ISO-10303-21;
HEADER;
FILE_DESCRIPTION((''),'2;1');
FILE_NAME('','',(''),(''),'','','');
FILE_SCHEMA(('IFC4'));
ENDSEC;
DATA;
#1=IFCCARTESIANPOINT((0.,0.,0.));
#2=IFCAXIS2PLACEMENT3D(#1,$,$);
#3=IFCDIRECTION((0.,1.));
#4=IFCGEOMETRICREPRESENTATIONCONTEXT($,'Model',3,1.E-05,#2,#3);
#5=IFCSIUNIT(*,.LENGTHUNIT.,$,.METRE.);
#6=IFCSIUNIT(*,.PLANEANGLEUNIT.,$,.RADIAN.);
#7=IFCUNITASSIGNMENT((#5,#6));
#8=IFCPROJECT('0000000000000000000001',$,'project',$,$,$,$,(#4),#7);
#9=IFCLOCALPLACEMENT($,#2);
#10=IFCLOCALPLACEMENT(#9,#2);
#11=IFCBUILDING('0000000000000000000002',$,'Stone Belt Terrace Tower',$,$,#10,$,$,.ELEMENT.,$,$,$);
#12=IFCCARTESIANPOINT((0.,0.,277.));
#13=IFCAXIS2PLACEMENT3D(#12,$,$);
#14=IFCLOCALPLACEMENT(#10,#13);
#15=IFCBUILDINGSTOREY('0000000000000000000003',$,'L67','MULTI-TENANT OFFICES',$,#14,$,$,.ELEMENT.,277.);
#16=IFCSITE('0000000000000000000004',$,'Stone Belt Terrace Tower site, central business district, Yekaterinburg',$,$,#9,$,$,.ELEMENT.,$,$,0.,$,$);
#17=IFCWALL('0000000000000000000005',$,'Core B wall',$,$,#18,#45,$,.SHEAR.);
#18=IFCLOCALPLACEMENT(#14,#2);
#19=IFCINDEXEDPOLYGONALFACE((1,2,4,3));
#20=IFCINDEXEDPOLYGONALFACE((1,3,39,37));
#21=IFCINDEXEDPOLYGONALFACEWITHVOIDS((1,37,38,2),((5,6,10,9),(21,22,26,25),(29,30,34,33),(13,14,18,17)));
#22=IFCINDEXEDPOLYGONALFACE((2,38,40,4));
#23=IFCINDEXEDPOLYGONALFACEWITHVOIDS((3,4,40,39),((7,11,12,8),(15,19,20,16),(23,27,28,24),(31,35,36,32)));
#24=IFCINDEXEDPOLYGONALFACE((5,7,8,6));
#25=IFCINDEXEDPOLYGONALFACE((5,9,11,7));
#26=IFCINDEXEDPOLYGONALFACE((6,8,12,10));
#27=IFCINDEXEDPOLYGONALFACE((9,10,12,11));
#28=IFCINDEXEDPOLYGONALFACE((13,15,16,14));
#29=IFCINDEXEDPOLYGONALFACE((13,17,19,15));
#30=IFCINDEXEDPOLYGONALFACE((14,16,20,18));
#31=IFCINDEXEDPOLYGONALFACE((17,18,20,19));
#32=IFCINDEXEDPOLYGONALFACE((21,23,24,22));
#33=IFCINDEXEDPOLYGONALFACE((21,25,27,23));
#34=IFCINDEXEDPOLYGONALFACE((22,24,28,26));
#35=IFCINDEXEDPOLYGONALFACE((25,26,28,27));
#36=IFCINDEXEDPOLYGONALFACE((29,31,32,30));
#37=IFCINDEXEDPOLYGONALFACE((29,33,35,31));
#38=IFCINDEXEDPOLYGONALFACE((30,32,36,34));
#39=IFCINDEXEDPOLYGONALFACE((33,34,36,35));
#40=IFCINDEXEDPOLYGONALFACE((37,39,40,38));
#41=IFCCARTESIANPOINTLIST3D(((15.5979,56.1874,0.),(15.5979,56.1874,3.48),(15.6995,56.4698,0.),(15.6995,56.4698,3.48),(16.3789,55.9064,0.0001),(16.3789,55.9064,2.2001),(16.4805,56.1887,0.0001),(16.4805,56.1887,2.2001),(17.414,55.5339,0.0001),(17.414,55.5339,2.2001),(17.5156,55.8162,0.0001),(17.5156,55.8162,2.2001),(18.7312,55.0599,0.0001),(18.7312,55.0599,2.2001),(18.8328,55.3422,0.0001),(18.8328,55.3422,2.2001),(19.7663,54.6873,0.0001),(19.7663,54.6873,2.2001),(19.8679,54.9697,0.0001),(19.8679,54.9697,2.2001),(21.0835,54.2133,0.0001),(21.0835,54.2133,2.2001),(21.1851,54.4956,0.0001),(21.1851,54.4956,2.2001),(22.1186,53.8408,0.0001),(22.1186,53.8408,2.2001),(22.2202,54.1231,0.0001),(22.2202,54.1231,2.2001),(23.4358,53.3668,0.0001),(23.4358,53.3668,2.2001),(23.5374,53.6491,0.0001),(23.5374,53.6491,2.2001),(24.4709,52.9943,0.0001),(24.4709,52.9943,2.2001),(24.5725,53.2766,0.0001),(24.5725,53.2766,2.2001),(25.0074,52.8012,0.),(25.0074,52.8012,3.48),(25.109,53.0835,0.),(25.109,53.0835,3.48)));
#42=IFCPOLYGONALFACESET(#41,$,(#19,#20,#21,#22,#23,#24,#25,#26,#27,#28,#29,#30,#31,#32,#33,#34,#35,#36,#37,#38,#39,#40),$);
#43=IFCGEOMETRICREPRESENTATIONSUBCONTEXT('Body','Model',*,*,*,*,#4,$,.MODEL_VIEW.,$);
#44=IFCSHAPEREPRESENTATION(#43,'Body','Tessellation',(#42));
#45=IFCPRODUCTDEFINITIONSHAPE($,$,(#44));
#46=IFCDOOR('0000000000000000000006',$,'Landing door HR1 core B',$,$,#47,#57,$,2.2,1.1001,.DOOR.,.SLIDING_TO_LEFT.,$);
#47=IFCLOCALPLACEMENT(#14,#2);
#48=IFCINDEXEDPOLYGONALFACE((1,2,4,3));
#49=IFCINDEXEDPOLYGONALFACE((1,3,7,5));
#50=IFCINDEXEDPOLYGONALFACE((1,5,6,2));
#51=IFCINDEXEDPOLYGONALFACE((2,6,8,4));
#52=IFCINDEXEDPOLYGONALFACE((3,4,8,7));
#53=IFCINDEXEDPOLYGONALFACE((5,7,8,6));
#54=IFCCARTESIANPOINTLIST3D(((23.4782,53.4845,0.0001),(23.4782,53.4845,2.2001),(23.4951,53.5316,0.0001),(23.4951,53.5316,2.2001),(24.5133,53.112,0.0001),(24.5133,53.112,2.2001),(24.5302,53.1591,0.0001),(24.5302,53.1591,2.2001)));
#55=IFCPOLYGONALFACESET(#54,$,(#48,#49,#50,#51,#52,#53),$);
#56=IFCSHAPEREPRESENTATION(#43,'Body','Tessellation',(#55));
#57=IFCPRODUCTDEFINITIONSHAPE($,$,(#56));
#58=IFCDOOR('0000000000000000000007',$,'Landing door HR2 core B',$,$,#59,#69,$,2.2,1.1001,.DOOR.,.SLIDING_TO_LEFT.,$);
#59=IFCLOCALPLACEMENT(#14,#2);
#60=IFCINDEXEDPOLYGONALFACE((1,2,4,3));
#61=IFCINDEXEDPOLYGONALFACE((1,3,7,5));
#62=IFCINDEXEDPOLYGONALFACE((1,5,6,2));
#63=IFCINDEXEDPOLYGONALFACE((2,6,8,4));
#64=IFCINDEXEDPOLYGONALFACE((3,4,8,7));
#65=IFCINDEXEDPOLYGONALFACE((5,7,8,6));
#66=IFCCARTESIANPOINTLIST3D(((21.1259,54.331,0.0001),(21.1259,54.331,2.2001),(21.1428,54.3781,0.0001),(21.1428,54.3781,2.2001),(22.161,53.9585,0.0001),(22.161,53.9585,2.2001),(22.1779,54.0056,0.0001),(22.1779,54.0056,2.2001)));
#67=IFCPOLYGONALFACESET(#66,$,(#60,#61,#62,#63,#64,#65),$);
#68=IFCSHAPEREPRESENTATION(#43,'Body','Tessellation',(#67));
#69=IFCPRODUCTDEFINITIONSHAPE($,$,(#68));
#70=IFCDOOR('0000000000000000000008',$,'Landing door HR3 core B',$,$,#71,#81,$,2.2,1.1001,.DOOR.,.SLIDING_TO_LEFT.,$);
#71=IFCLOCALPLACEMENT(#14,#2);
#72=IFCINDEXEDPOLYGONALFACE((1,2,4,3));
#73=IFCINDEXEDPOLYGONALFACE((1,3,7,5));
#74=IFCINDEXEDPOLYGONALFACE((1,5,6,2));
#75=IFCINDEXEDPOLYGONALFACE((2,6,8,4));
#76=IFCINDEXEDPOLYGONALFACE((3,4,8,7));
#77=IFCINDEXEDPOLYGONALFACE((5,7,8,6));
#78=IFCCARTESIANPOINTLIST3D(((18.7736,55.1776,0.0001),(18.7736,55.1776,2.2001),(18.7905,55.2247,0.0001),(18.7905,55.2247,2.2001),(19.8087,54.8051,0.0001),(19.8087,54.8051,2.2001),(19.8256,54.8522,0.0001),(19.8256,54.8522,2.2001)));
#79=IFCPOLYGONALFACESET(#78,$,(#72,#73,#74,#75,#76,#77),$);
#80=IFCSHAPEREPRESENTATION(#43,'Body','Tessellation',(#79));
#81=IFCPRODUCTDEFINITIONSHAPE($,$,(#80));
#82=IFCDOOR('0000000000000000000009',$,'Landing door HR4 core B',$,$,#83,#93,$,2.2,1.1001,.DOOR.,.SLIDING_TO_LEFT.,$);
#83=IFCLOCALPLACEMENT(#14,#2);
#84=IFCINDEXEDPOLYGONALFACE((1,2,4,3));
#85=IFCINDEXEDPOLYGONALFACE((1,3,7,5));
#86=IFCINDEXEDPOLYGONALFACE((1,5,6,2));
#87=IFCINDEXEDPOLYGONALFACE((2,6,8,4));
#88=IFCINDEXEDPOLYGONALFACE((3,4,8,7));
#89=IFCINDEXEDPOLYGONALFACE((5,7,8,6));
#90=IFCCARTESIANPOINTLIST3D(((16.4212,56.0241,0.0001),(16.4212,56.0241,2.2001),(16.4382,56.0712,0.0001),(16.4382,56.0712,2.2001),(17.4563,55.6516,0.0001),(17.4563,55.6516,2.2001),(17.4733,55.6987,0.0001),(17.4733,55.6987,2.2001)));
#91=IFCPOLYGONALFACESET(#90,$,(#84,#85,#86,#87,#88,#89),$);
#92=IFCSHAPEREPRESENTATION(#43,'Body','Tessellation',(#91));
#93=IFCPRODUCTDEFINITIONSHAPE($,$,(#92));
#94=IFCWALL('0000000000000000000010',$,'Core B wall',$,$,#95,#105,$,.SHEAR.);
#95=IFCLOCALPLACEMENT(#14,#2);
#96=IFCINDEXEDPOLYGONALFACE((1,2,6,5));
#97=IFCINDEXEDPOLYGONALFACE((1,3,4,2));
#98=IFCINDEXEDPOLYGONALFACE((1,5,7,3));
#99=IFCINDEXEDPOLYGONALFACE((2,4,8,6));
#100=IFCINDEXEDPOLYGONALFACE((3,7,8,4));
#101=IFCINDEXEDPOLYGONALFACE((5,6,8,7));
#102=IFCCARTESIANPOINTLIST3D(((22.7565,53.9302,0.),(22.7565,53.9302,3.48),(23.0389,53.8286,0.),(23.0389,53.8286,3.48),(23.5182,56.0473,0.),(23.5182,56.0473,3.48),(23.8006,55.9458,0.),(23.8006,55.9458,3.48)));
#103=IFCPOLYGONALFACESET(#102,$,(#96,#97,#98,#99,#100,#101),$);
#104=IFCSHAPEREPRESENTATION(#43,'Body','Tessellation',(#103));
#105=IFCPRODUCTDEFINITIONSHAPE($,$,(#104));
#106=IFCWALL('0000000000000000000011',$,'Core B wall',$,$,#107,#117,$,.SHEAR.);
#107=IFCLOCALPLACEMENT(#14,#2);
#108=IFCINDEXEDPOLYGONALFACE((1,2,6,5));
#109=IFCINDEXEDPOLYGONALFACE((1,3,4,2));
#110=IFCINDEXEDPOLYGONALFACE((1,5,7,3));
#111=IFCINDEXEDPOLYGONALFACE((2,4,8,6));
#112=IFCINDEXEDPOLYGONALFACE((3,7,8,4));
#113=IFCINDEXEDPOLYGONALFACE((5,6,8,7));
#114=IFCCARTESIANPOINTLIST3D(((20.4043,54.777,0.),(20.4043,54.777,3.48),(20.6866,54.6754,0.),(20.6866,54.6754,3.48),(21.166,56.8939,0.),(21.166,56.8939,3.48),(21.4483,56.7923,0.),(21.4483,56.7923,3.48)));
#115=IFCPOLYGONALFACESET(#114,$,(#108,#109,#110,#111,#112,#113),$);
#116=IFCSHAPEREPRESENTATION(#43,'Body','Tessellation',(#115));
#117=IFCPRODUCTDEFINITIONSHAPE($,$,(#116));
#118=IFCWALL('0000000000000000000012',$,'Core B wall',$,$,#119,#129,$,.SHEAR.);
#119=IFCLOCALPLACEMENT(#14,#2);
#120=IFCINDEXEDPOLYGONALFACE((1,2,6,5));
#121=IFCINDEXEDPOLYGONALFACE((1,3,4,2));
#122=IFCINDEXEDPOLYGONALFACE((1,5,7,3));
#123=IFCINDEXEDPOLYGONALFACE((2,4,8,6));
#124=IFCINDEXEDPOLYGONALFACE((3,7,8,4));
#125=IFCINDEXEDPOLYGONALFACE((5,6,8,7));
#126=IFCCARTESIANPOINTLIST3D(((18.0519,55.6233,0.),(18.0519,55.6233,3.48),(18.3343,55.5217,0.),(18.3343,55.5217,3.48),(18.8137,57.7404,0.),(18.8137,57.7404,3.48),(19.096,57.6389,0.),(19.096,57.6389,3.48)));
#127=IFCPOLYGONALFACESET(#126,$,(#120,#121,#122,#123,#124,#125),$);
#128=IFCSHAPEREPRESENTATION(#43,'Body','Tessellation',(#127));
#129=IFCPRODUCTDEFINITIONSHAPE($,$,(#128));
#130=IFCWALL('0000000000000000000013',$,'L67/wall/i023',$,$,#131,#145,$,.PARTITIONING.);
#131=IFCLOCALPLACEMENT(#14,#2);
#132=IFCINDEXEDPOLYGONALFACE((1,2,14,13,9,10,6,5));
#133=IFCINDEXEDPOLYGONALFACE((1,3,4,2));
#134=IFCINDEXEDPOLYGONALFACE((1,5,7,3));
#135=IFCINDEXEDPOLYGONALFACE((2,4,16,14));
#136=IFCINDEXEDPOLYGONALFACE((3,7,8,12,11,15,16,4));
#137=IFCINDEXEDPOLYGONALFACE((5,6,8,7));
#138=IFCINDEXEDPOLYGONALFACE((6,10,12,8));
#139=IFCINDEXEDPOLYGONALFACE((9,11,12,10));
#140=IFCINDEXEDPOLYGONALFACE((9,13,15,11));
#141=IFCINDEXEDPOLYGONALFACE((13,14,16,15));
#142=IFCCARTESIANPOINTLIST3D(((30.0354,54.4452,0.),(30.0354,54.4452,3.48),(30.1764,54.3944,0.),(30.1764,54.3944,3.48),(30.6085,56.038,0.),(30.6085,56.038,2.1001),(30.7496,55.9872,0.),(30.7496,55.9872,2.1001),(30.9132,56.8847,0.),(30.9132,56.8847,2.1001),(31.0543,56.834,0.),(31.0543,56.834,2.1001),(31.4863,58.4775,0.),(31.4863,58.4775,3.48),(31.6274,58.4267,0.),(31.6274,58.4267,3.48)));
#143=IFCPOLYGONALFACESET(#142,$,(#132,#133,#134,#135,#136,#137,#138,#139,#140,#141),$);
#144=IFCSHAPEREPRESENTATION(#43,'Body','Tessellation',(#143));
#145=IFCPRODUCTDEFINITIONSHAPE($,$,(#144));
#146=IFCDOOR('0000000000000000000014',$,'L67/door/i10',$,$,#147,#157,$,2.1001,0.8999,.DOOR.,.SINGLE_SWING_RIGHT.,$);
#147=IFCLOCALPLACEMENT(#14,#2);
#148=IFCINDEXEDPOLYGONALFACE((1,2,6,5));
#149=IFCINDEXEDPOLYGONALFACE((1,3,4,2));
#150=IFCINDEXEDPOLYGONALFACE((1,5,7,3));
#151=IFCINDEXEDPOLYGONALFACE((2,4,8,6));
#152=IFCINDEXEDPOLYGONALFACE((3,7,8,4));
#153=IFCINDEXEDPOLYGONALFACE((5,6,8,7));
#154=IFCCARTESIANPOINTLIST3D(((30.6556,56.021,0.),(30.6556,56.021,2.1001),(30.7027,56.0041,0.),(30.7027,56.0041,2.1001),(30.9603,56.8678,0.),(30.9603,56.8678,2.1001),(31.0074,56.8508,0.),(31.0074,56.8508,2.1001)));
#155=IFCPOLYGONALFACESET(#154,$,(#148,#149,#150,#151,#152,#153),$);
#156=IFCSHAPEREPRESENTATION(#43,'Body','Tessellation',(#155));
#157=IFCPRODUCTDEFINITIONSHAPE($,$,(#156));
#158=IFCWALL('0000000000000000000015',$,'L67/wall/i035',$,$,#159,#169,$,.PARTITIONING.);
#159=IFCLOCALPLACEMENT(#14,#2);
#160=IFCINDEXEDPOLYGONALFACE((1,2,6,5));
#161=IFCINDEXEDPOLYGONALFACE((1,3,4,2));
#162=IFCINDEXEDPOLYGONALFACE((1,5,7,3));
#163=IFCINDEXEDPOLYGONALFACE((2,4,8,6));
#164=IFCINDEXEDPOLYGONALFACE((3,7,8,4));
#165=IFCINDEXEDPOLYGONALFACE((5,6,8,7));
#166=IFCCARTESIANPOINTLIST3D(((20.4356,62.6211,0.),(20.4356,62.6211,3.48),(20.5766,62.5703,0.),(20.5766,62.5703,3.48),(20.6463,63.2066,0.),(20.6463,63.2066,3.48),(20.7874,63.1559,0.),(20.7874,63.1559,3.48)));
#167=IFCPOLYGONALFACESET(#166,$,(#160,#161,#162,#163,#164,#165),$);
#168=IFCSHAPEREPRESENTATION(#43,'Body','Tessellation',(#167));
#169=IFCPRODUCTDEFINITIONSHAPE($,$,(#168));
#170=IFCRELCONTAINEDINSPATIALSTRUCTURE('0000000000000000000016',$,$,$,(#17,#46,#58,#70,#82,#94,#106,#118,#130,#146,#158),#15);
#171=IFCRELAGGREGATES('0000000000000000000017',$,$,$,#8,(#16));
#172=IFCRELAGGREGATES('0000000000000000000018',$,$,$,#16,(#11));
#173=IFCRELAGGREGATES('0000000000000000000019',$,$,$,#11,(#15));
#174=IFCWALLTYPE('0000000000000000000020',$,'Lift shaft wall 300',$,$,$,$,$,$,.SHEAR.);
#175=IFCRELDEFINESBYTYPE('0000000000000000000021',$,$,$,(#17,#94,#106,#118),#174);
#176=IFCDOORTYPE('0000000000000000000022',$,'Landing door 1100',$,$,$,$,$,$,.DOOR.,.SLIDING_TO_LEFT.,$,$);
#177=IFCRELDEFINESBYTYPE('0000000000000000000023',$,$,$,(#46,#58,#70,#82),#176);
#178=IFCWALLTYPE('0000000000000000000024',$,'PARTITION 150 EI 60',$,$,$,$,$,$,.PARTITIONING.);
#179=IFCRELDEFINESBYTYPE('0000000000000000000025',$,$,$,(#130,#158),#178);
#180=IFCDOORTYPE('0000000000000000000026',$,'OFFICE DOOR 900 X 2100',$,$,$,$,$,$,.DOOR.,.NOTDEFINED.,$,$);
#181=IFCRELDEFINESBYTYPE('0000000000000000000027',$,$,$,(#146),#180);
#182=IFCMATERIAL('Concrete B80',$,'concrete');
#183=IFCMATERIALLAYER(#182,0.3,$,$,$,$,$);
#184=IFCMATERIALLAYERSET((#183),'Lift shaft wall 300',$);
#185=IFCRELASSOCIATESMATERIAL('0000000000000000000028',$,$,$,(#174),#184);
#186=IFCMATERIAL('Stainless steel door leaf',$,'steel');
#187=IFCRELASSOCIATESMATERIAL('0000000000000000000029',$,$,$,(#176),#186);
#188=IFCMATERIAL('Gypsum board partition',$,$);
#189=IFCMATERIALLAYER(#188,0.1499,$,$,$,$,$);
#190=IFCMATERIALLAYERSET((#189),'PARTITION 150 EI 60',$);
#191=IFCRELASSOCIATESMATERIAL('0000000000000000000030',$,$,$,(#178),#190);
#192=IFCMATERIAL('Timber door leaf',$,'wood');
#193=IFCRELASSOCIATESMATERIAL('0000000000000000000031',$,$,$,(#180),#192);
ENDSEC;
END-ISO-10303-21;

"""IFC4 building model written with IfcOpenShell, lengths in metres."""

from ifc_helpers import new_model, si_unit, direction, frame, frame_2d, origin, place, context, subcontext, project, spatial, rectangle, extrude, material, layer, layer_set, type_object, element, fill, save


model = new_model("IFC4")

# Units and contexts
model_context = context("Model", 3, precision=1e-05, world=origin(), true_north=direction((0.0, 1.0)))
body_context = subcontext(model_context, "Body", "Model", "MODEL_VIEW")
ifc_project = project(units=[si_unit("LENGTHUNIT", "METRE"), si_unit("PLANEANGLEUNIT", "RADIAN")], contexts=[model_context])

# Site, building, storey
site_placement = place(None, origin())
site = spatial("IfcSite", under=ifc_project, at=site_placement, Name="Stone Belt Terrace Tower site, central business district, Yekaterinburg", CompositionType="ELEMENT", RefElevation=0.0)
building_placement = place(site_placement, origin())
building = spatial("IfcBuilding", under=site, at=building_placement, Name="Stone Belt Terrace Tower", CompositionType="ELEMENT")
storey_placement = place(building_placement, frame((0.0, 0.0, 277.0)))
storey = spatial("IfcBuildingStorey", under=building, at=storey_placement, Name="L67", Description="MULTI-TENANT OFFICES", CompositionType="ELEMENT", Elevation=277.0)

# Shared definitions
ifc_material_1 = material(Name="Timber door leaf", Category="wood")

# Shared definitions
ifc_material_2 = material(Name="Concrete B80", Category="concrete")

# Shared definitions
ifc_layer_1 = layer(ifc_material_2, 0.3)
ifc_layer_set_1 = layer_set([ifc_layer_1], Name="Lift shaft wall 300")
wall_type_1 = type_object("IfcWallType", Name="Lift shaft wall 300", PredefinedType="SHEAR", material=ifc_layer_set_1)
ifc_material_3 = material(Name="Stainless steel door leaf", Category="steel")

# Wall, openings, doors
wall_1_placement = place(storey_placement, frame((25.0581, 52.9424, 0.0), z_axis=(0.0, 0.0, 1.0), x_axis=(-0.940924, 0.338617, 0.0)))
wall_1 = element("IfcWall", 1, at=wall_1_placement, inside=storey, type_object=wall_type_1, Name="Core B wall", PredefinedType="SHEAR", context=body_context, shape_type="SweptSolid", body=[
    extrude(rectangle(XDim=10.0002, YDim=0.3, at=frame_2d((5.0, 0.0))), origin(), (0.0, 0.0, 1.0), 3.48),
])
opening_1_placement = place(wall_1_placement, frame((0.5701, 0.0, 0.0)))
opening_1 = element("IfcOpeningElement", 2, at=opening_1_placement, cuts=wall_1, PredefinedType="OPENING", context=body_context, shape_type="SweptSolid", body=[
    extrude(rectangle(XDim=1.1001, YDim=2.2, at=frame_2d((0.55, 1.1001))), frame((0.0, 0.1599, 0.0), z_axis=(0.0, -1.0, 0.0), x_axis=(1.0, 0.0, 0.0)), (0.0, 0.0, 1.0), 0.3201),
])
opening_2_placement = place(wall_1_placement, frame((3.0701, 0.0, 0.0)))
opening_2 = element("IfcOpeningElement", 3, at=opening_2_placement, cuts=wall_1, PredefinedType="OPENING", context=body_context, shape_type="SweptSolid", body=[
    extrude(rectangle(XDim=1.1001, YDim=2.2, at=frame_2d((0.55, 1.1001))), frame((0.0, 0.1599, 0.0), z_axis=(0.0, -1.0, 0.0), x_axis=(1.0, 0.0, 0.0)), (0.0, 0.0, 1.0), 0.3201),
])
opening_3_placement = place(wall_1_placement, frame((5.5701, 0.0, 0.0)))
opening_3 = element("IfcOpeningElement", 4, at=opening_3_placement, cuts=wall_1, PredefinedType="OPENING", context=body_context, shape_type="SweptSolid", body=[
    extrude(rectangle(XDim=1.1001, YDim=2.2, at=frame_2d((0.55, 1.1001))), frame((0.0, 0.1599, 0.0), z_axis=(0.0, -1.0, 0.0), x_axis=(1.0, 0.0, 0.0)), (0.0, 0.0, 1.0), 0.3201),
])
opening_4_placement = place(wall_1_placement, frame((8.0701, 0.0, 0.0)))
opening_4 = element("IfcOpeningElement", 5, at=opening_4_placement, cuts=wall_1, PredefinedType="OPENING", context=body_context, shape_type="SweptSolid", body=[
    extrude(rectangle(XDim=1.1001, YDim=2.2, at=frame_2d((0.55, 1.1001))), frame((0.0, 0.1599, 0.0), z_axis=(0.0, -1.0, 0.0), x_axis=(1.0, 0.0, 0.0)), (0.0, 0.0, 1.0), 0.3201),
])
door_type_1 = type_object("IfcDoorType", Name="Landing door 1100", OperationType="SLIDING_TO_LEFT", PredefinedType="DOOR", material=ifc_material_3)
door_1_placement = place(opening_1_placement, origin())
door_1 = element("IfcDoor", 6, at=door_1_placement, inside=storey, type_object=door_type_1, Name="Landing door HR1 core B", OperationType="SLIDING_TO_LEFT", OverallHeight=2.2, OverallWidth=1.1001, PredefinedType="DOOR", context=body_context, shape_type="SweptSolid", body=[
    extrude(rectangle(XDim=1.1001, YDim=2.2, at=frame_2d((0.55, 1.1001))), frame((0.0, 0.0249, 0.0), z_axis=(0.0, -1.0, 0.0), x_axis=(1.0, 0.0, 0.0)), (0.0, 0.0, 1.0), 0.05),
])
fill(opening_1, door_1)
door_2_placement = place(opening_2_placement, origin())
door_2 = element("IfcDoor", 7, at=door_2_placement, inside=storey, type_object=door_type_1, Name="Landing door HR2 core B", OperationType="SLIDING_TO_LEFT", OverallHeight=2.2, OverallWidth=1.1001, PredefinedType="DOOR", context=body_context, shape_type="SweptSolid", body=[
    extrude(rectangle(XDim=1.1001, YDim=2.2, at=frame_2d((0.55, 1.1001))), frame((0.0, 0.0249, 0.0), z_axis=(0.0, -1.0, 0.0), x_axis=(1.0, 0.0, 0.0)), (0.0, 0.0, 1.0), 0.05),
])
fill(opening_2, door_2)
door_3_placement = place(opening_3_placement, origin())
door_3 = element("IfcDoor", 8, at=door_3_placement, inside=storey, type_object=door_type_1, Name="Landing door HR3 core B", OperationType="SLIDING_TO_LEFT", OverallHeight=2.2, OverallWidth=1.1001, PredefinedType="DOOR", context=body_context, shape_type="SweptSolid", body=[
    extrude(rectangle(XDim=1.1001, YDim=2.2, at=frame_2d((0.55, 1.1001))), frame((0.0, 0.0249, 0.0), z_axis=(0.0, -1.0, 0.0), x_axis=(1.0, 0.0, 0.0)), (0.0, 0.0, 1.0), 0.05),
])
fill(opening_3, door_3)
door_4_placement = place(opening_4_placement, origin())
door_4 = element("IfcDoor", 9, at=door_4_placement, inside=storey, type_object=door_type_1, Name="Landing door HR4 core B", OperationType="SLIDING_TO_LEFT", OverallHeight=2.2, OverallWidth=1.1001, PredefinedType="DOOR", context=body_context, shape_type="SweptSolid", body=[
    extrude(rectangle(XDim=1.1001, YDim=2.2, at=frame_2d((0.55, 1.1001))), frame((0.0, 0.0249, 0.0), z_axis=(0.0, -1.0, 0.0), x_axis=(1.0, 0.0, 0.0)), (0.0, 0.0, 1.0), 0.05),
])
fill(opening_4, door_4)

# Walls
wall_2_placement = place(storey_placement, frame((22.8977, 53.8794, 0.0), z_axis=(0.0, 0.0, 1.0), x_axis=(0.338535, 0.940954, 0.0)))
element("IfcWall", 10, at=wall_2_placement, inside=storey, type_object=wall_type_1, Name="Core B wall", PredefinedType="SHEAR", context=body_context, shape_type="SweptSolid", body=[
    extrude(rectangle(XDim=2.25, YDim=0.3, at=frame_2d((1.125, 0.0))), origin(), (0.0, 0.0, 1.0), 3.48),
])
wall_3_placement = place(storey_placement, frame((20.5454, 54.7261, 0.0), z_axis=(0.0, 0.0, 1.0), x_axis=(0.33857, 0.940941, 0.0)))
element("IfcWall", 11, at=wall_3_placement, inside=storey, type_object=wall_type_1, Name="Core B wall", PredefinedType="SHEAR", context=body_context, shape_type="SweptSolid", body=[
    extrude(rectangle(XDim=2.2498, YDim=0.3, at=frame_2d((1.125, 0.0))), origin(), (0.0, 0.0, 1.0), 3.48),
])
wall_4_placement = place(storey_placement, frame((18.1931, 55.5725, 0.0), z_axis=(0.0, 0.0, 1.0), x_axis=(0.338535, 0.940954, 0.0)))
element("IfcWall", 12, at=wall_4_placement, inside=storey, type_object=wall_type_1, Name="Core B wall", PredefinedType="SHEAR", context=body_context, shape_type="SweptSolid", body=[
    extrude(rectangle(XDim=2.25, YDim=0.3, at=frame_2d((1.125, 0.0))), origin(), (0.0, 0.0, 1.0), 3.48),
])

# Wall, opening, door
ifc_material_4 = material(Name="Gypsum board partition")
ifc_layer_2 = layer(ifc_material_4, 0.1499)
ifc_layer_set_2 = layer_set([ifc_layer_2], Name="PARTITION 150 EI 60")
wall_type_2 = type_object("IfcWallType", Name="PARTITION 150 EI 60", PredefinedType="PARTITIONING", material=ifc_layer_set_2)
wall_5_placement = place(storey_placement, frame((30.106, 54.4199, 0.0), z_axis=(0.0, 0.0, 1.0), x_axis=(0.33858, 0.940938, 0.0)))
wall_5 = element("IfcWall", 13, at=wall_5_placement, inside=storey, type_object=wall_type_2, Name="L67/wall/i023", PredefinedType="PARTITIONING", context=body_context, shape_type="SweptSolid", body=[
    extrude(rectangle(XDim=4.2854, YDim=0.1499, at=frame_2d((2.1426, 0.0))), origin(), (0.0, 0.0, 1.0), 3.48),
])
opening_5_placement = place(wall_5_placement, frame((1.6926, 0.0, 0.0)))
opening_5 = element("IfcOpeningElement", 14, at=opening_5_placement, cuts=wall_5, PredefinedType="OPENING", context=body_context, shape_type="SweptSolid", body=[
    extrude(rectangle(XDim=0.8999, YDim=2.1001, at=frame_2d((0.45, 1.05))), frame((0.0, 0.085, 0.0), z_axis=(0.0, -1.0, 0.0), x_axis=(1.0, 0.0, 0.0)), (0.0, 0.0, 1.0), 0.1699),
])
door_type_2 = type_object("IfcDoorType", Name="OFFICE DOOR 900 X 2100", OperationType="NOTDEFINED", PredefinedType="DOOR", material=ifc_material_1)
door_5_placement = place(opening_5_placement, origin())
door_5 = element("IfcDoor", 15, at=door_5_placement, inside=storey, type_object=door_type_2, Name="L67/door/i10", OperationType="SINGLE_SWING_RIGHT", OverallHeight=2.1001, OverallWidth=0.8999, PredefinedType="DOOR", context=body_context, shape_type="SweptSolid", body=[
    extrude(rectangle(XDim=0.8999, YDim=2.1001, at=frame_2d((0.45, 1.05))), frame((0.0, 0.0249, 0.0), z_axis=(0.0, -1.0, 0.0), x_axis=(1.0, 0.0, 0.0)), (0.0, 0.0, 1.0), 0.05),
])
fill(opening_5, door_5)

# Wall
wall_6_placement = place(storey_placement, frame((20.7168, 63.1812, 0.0), z_axis=(0.0, 0.0, 1.0), x_axis=(-0.338622, -0.940922, 0.0)))
element("IfcWall", 16, at=wall_6_placement, inside=storey, type_object=wall_type_2, Name="L67/wall/i035", PredefinedType="PARTITIONING", context=body_context, shape_type="SweptSolid", body=[
    extrude(rectangle(XDim=0.6223, YDim=0.1499, at=frame_2d((0.311, 0.0))), origin(), (0.0, 0.0, 1.0), 3.48),
])

save(model, "model.ifc")
